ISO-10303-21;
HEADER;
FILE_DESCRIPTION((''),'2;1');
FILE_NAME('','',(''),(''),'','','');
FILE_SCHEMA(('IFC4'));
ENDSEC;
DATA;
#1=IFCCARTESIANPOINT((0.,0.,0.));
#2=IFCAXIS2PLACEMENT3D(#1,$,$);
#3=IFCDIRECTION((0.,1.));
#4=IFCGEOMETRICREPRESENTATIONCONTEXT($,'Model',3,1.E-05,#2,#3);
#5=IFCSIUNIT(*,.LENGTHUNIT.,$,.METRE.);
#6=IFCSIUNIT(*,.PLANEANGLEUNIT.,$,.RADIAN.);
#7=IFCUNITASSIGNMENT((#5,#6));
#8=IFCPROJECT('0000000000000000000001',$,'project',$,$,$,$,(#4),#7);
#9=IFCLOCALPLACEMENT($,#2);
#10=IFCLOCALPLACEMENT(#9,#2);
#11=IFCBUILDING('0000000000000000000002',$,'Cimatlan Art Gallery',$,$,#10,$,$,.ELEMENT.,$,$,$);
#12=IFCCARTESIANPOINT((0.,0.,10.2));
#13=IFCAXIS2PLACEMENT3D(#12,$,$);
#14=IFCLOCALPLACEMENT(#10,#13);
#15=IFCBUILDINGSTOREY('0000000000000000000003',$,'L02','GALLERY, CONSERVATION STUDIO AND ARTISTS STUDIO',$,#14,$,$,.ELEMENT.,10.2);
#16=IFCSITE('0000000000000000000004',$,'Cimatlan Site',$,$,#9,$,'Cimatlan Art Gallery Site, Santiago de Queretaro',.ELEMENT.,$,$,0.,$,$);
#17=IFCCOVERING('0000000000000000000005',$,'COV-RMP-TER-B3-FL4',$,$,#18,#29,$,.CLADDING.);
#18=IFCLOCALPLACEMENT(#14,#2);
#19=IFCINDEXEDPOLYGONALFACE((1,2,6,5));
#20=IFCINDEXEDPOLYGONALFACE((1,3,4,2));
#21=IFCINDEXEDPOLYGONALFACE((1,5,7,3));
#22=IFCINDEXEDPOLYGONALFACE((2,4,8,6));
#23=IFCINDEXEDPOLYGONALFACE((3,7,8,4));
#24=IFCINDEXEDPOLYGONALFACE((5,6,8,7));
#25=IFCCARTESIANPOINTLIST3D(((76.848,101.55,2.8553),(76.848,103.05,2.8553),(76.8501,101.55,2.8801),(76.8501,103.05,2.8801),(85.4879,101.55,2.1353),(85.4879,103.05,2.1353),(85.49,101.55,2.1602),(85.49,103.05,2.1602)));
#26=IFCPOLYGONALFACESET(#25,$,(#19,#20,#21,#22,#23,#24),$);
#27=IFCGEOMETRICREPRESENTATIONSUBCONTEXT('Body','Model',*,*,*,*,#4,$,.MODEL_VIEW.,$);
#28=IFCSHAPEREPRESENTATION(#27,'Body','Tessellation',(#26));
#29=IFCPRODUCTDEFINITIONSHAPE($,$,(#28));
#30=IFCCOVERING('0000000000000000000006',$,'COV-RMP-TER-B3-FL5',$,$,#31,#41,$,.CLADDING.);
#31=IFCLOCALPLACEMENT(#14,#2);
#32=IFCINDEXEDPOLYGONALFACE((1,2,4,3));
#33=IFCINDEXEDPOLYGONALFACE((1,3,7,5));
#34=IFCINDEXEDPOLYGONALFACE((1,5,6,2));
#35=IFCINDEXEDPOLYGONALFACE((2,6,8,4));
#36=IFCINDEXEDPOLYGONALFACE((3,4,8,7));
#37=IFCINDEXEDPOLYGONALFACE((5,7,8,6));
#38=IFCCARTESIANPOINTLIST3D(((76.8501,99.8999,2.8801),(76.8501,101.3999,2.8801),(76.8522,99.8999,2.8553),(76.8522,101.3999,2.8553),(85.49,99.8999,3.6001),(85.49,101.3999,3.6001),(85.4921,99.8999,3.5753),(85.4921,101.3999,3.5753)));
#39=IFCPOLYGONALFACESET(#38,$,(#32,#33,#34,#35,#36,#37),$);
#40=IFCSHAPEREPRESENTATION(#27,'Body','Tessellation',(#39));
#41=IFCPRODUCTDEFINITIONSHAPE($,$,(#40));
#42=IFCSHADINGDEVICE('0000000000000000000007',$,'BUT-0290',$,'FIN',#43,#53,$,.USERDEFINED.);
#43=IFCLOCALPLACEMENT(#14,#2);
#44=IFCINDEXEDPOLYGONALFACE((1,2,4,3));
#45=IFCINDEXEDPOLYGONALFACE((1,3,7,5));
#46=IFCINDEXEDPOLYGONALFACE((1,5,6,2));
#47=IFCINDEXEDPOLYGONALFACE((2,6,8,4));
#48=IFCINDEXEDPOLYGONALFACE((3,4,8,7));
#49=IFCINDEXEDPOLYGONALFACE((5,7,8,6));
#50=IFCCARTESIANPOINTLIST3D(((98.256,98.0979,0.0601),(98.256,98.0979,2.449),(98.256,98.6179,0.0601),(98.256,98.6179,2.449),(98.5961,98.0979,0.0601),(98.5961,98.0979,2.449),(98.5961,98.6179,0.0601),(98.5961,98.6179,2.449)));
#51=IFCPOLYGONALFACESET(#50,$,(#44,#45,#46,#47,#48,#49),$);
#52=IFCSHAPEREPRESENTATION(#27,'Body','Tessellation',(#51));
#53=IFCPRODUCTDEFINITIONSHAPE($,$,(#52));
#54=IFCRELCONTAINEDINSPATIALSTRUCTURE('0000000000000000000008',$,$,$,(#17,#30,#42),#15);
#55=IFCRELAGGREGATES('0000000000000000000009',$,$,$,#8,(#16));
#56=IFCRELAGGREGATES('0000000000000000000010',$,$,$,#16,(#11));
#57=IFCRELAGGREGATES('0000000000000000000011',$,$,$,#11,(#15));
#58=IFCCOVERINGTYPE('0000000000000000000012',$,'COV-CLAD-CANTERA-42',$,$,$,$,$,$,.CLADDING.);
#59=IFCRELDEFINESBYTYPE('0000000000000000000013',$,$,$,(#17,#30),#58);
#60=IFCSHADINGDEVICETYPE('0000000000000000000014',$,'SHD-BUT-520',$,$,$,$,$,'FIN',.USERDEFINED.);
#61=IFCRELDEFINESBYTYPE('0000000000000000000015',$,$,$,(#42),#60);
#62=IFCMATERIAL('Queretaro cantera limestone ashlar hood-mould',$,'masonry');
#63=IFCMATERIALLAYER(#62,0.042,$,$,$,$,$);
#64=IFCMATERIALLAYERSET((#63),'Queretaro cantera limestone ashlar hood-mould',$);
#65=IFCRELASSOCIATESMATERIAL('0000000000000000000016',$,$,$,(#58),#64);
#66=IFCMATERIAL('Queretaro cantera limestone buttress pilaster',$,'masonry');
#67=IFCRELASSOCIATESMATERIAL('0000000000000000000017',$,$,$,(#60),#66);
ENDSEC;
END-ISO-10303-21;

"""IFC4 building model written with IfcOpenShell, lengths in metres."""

from ifc_helpers import new_model, si_unit, direction, frame, origin, origin_2d, place, context, subcontext, project, spatial, polyline, rectangle, outline, extrude, material, layer, layer_set, type_object, element, save


model = new_model("IFC4")

# Units and contexts
model_context = context("Model", 3, precision=1e-05, world=origin(), true_north=direction((0.0, 1.0)))
body_context = subcontext(model_context, "Body", "Model", "MODEL_VIEW")
ifc_project = project(units=[si_unit("LENGTHUNIT", "METRE"), si_unit("PLANEANGLEUNIT", "RADIAN")], contexts=[model_context])

# Site, building, storey
site_placement = place(None, origin())
site = spatial("IfcSite", under=ifc_project, at=site_placement, Name="Cimatlan Site", LongName="Cimatlan Art Gallery Site, Santiago de Queretaro", CompositionType="ELEMENT", RefElevation=0.0)
building_placement = place(site_placement, origin())
building = spatial("IfcBuilding", under=site, at=building_placement, Name="Cimatlan Art Gallery", CompositionType="ELEMENT")
storey_placement = place(building_placement, frame((0.0, 0.0, 10.2)))
storey = spatial("IfcBuildingStorey", under=building, at=storey_placement, Name="L02", Description="GALLERY, CONSERVATION STUDIO AND ARTISTS STUDIO", CompositionType="ELEMENT", Elevation=10.2)

# Coverings
ifc_material_1 = material(Name="Queretaro cantera limestone ashlar hood-mould", Category="masonry")
ifc_layer_1 = layer(ifc_material_1, 0.042)
ifc_layer_set_1 = layer_set([ifc_layer_1], Name="Queretaro cantera limestone ashlar hood-mould")
covering_type = type_object("IfcCoveringType", Name="COV-CLAD-CANTERA-42", PredefinedType="CLADDING", material=ifc_layer_set_1)
for number, where, z_axis, x_axis, name in (
    (1, (76.8501, 101.55, 2.8801), (0.083043, 0.0, 0.996546), (0.996546, 0.0, -0.083043), "COV-RMP-TER-B3-FL4"),
    (2, (76.8501, 99.8999, 2.8801), (-0.083043, 0.0, 0.996546), (0.996546, 0.0, 0.083043), "COV-RMP-TER-B3-FL5"),
):
    element("IfcCovering", number, at=place(storey_placement, frame(where, z_axis=z_axis, x_axis=x_axis)), inside=storey, type_object=covering_type, Name=name, PredefinedType="CLADDING", context=body_context, shape_type="SweptSolid", body=[
        extrude(outline(polyline([(0.0, 0.0), (8.6698, 0.0), (8.6698, 1.5), (0.0, 1.5), (0.0, 0.0)])), origin(), (0.0, 0.0, -1.0), 0.0249),
    ])

# Shading device
ifc_material_2 = material(Name="Queretaro cantera limestone buttress pilaster", Category="masonry")
shading_device_type = type_object("IfcShadingDeviceType", Name="SHD-BUT-520", ElementType="FIN", PredefinedType="USERDEFINED", material=ifc_material_2)
shading_device_placement = place(storey_placement, frame((98.426, 98.3579, 0.0601), z_axis=(0.0, 0.0, 1.0), x_axis=(1.0, 0.0, 0.0)))
element("IfcShadingDevice", 3, at=shading_device_placement, inside=storey, type_object=shading_device_type, Name="BUT-0290", ObjectType="FIN", PredefinedType="USERDEFINED", context=body_context, shape_type="SweptSolid", body=[
    extrude(rectangle(XDim=0.3401, YDim=0.52, at=origin_2d()), origin(), (0.0, 0.0, 1.0), 2.3889),
])

save(model, "model.ifc")
